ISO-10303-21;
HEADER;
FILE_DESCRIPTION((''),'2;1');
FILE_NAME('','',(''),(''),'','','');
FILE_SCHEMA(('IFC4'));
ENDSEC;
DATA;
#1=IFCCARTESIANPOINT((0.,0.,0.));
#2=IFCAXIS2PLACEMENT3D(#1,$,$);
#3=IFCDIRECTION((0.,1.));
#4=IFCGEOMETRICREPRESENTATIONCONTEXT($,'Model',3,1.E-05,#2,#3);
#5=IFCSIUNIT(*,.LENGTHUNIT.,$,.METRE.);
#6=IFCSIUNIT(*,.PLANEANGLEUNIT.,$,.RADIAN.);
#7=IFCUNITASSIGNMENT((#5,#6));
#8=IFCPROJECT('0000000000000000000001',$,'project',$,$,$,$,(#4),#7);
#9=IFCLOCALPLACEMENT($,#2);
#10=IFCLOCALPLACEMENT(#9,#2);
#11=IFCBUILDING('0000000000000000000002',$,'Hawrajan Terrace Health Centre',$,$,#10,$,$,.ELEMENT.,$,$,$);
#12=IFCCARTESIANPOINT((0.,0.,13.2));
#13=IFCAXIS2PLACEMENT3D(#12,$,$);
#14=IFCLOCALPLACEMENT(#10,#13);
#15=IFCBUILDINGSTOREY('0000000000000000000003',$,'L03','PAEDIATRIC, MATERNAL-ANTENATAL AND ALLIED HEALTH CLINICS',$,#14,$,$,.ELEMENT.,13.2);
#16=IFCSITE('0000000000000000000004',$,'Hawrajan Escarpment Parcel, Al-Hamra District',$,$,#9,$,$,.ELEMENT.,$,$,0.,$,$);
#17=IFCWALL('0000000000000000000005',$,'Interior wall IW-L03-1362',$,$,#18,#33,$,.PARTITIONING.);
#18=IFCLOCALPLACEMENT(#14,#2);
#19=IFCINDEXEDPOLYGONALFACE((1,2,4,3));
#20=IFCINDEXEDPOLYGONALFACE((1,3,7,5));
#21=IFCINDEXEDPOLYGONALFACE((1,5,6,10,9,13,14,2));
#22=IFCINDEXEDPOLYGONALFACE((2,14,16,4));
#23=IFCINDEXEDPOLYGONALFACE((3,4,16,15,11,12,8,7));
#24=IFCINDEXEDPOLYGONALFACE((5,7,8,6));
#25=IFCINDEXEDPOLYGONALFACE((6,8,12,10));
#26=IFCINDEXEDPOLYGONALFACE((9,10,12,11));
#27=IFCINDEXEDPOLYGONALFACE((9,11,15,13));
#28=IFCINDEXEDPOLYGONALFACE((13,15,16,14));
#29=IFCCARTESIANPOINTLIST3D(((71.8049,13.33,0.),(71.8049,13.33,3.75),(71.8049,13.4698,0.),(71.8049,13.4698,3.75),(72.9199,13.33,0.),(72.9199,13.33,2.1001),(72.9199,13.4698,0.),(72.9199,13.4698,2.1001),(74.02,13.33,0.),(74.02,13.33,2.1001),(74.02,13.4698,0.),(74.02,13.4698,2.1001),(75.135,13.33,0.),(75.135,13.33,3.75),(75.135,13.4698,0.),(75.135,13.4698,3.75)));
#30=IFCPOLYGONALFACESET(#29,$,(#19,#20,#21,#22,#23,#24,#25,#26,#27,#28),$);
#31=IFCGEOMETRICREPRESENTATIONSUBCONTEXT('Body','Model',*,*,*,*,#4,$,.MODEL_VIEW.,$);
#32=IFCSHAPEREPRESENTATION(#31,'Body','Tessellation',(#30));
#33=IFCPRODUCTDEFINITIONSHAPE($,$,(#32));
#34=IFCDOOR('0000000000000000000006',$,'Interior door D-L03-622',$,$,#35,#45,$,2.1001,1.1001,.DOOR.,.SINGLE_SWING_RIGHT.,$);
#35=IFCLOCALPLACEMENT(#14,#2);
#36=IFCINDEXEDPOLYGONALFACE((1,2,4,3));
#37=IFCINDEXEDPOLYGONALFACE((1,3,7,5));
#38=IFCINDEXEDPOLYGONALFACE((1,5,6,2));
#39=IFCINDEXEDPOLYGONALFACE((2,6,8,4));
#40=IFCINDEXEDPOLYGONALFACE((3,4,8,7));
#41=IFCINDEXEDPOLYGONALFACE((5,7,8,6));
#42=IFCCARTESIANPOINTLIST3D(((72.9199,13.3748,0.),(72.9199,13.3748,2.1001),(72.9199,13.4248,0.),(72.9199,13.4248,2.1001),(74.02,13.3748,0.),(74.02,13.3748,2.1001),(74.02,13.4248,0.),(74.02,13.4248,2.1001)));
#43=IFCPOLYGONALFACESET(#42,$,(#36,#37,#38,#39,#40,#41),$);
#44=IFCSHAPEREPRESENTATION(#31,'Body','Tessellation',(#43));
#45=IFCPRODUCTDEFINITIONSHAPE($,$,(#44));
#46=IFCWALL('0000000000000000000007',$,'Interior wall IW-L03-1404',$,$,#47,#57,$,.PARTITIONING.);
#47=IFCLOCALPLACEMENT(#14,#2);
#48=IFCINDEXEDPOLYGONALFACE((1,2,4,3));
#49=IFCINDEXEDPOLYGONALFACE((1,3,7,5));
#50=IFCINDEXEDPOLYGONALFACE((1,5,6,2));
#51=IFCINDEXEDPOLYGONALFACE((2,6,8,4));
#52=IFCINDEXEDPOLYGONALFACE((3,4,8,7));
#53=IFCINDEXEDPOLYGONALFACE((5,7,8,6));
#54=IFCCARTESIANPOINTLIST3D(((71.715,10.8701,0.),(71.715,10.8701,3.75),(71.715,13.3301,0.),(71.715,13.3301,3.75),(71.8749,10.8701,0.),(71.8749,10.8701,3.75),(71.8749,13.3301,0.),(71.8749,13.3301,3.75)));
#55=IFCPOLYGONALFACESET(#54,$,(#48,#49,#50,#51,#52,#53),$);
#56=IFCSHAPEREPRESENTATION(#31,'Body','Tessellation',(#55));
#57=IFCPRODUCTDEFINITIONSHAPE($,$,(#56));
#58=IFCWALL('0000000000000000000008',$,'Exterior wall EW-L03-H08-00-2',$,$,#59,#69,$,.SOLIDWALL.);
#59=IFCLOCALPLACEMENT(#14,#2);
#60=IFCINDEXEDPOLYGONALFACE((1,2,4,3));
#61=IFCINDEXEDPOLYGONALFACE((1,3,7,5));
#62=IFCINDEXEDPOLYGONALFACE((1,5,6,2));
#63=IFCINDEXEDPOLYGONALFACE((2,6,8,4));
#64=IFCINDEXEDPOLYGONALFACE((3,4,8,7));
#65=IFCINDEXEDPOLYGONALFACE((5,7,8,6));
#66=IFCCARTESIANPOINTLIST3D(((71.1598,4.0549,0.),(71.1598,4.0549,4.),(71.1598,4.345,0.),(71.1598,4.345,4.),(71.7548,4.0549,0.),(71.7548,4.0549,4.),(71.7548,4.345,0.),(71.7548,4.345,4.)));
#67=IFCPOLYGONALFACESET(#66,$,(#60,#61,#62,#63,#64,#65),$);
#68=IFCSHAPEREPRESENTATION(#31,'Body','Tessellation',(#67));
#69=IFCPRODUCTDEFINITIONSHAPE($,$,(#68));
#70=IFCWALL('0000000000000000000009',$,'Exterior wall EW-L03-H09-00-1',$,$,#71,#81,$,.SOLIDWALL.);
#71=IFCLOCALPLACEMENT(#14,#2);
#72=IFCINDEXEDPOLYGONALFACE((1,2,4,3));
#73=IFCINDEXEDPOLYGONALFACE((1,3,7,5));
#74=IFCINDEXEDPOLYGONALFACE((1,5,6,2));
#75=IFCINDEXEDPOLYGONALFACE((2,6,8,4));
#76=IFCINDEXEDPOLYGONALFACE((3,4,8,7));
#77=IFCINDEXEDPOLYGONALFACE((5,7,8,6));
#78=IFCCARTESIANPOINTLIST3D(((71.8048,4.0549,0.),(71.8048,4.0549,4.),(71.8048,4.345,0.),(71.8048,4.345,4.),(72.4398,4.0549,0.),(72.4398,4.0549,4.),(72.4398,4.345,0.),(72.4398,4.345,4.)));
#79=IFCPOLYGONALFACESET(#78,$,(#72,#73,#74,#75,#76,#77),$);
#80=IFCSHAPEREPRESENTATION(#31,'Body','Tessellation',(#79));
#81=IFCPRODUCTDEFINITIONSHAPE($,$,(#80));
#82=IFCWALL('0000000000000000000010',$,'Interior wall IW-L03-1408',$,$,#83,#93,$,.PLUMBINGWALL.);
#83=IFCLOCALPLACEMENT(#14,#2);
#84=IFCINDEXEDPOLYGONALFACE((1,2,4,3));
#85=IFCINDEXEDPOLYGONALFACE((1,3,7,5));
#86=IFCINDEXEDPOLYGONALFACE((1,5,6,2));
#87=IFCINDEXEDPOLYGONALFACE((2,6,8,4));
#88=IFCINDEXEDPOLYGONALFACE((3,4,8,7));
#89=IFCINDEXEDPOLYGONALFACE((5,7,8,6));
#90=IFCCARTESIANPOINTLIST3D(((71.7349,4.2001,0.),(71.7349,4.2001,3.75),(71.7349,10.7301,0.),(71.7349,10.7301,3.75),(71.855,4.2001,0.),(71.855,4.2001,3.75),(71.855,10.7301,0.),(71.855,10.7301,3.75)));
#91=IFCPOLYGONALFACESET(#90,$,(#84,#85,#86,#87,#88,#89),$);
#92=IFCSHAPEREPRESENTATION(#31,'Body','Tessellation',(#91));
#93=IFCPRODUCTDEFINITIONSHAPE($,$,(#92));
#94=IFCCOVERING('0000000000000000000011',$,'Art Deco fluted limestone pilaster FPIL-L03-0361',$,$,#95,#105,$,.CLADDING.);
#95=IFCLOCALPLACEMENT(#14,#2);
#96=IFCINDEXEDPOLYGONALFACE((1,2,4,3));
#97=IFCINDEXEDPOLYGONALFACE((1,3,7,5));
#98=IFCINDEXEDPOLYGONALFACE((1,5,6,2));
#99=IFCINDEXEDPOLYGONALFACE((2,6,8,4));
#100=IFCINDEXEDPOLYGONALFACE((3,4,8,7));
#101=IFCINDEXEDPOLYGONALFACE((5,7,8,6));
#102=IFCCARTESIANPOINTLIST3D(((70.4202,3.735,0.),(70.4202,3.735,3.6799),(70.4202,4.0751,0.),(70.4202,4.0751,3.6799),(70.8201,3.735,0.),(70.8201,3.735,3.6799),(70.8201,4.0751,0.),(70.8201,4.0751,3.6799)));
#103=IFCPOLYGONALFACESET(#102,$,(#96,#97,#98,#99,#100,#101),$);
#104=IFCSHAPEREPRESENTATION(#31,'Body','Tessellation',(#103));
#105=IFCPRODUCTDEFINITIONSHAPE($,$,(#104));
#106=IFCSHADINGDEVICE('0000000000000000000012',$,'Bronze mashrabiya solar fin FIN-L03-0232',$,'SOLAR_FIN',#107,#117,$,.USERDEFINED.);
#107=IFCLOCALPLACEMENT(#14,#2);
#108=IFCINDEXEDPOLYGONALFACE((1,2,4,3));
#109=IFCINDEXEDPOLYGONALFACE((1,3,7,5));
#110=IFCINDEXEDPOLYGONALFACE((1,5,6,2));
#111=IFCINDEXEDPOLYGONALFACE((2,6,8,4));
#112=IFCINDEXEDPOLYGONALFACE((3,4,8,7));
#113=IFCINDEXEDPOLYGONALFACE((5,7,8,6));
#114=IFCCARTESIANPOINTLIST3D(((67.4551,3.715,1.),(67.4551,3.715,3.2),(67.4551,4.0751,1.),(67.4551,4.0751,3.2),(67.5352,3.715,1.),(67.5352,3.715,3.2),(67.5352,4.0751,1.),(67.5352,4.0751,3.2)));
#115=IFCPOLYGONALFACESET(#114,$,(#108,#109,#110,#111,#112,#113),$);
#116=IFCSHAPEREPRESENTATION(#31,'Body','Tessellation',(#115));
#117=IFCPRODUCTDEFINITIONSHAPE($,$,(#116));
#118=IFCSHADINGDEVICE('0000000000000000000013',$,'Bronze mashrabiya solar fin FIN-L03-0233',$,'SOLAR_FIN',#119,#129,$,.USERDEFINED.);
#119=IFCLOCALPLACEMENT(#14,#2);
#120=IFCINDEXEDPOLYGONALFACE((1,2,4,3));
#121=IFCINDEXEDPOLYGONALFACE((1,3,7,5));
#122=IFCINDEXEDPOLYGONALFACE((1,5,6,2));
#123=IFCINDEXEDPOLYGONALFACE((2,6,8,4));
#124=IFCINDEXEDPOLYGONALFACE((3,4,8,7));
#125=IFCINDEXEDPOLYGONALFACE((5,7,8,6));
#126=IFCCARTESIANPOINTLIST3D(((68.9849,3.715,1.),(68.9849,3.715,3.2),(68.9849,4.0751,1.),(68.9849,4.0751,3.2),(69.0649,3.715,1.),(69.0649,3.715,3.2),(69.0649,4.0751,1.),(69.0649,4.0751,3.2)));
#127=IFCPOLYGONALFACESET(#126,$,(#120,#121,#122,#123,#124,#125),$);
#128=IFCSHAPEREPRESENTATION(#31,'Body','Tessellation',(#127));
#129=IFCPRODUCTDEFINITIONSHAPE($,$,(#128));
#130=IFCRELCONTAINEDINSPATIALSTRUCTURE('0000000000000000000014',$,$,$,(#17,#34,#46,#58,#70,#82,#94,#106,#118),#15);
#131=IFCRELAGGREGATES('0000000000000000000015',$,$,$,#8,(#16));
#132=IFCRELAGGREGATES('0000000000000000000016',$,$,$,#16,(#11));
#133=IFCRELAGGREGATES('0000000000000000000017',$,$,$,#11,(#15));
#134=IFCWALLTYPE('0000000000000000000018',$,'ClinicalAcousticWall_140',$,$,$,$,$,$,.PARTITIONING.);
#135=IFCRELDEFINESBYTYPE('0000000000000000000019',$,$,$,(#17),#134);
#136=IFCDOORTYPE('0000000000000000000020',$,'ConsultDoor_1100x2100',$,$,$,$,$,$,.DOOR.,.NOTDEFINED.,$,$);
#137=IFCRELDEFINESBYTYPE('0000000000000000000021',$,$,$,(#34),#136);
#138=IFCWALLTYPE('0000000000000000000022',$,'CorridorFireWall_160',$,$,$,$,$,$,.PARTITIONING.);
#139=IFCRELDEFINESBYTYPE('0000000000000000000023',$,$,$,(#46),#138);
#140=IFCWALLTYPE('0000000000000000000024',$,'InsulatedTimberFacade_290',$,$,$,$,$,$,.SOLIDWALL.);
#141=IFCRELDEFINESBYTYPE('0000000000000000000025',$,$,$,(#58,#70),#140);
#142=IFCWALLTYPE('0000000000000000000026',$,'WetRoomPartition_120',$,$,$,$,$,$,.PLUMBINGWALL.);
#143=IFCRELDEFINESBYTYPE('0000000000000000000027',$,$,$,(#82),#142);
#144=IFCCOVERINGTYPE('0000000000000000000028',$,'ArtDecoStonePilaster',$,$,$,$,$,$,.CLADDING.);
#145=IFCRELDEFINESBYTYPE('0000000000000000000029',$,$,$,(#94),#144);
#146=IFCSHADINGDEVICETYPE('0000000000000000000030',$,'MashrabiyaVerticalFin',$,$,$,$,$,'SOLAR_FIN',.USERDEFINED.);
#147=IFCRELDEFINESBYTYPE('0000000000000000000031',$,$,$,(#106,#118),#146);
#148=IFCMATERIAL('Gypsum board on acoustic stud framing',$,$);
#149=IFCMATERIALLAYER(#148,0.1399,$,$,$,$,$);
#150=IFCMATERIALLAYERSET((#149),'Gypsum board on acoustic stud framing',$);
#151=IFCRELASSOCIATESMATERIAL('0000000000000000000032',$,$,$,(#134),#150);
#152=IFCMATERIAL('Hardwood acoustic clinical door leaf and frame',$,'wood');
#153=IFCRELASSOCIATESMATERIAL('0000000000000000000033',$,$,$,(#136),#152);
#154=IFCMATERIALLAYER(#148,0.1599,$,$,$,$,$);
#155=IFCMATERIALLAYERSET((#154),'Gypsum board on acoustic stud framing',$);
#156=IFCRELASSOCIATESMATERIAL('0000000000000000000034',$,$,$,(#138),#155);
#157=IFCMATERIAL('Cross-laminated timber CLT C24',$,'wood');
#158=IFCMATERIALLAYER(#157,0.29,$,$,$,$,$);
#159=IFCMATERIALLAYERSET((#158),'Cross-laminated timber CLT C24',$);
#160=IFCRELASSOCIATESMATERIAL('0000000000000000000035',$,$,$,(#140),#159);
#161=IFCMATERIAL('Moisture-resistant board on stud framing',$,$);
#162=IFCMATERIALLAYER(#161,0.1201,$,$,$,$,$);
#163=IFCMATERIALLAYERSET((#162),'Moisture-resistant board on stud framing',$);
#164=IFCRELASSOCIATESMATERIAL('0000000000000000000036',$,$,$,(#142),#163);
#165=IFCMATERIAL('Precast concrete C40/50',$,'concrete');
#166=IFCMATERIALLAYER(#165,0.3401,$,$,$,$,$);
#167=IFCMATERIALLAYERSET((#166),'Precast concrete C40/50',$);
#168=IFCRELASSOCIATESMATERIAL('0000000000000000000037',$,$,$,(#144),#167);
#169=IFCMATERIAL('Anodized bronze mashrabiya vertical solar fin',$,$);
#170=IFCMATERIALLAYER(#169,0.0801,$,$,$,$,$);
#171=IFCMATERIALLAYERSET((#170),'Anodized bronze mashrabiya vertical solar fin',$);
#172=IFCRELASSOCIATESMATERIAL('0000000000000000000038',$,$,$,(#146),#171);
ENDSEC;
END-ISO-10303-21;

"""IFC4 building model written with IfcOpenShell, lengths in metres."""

from ifc_helpers import new_model, si_unit, direction, frame, frame_2d, origin, origin_2d, place, context, subcontext, project, spatial, rectangle, extrude, material, layer, layer_set, type_object, element, fill, save


model = new_model("IFC4")

# Units and contexts
model_context = context("Model", 3, precision=1e-05, world=origin(), true_north=direction((0.0, 1.0)))
body_context = subcontext(model_context, "Body", "Model", "MODEL_VIEW")
ifc_project = project(units=[si_unit("LENGTHUNIT", "METRE"), si_unit("PLANEANGLEUNIT", "RADIAN")], contexts=[model_context])

# Site, building, storey
site_placement = place(None, origin())
site = spatial("IfcSite", under=ifc_project, at=site_placement, Name="Hawrajan Escarpment Parcel, Al-Hamra District", CompositionType="ELEMENT", RefElevation=0.0)
building_placement = place(site_placement, origin())
building = spatial("IfcBuilding", under=site, at=building_placement, Name="Hawrajan Terrace Health Centre", CompositionType="ELEMENT")
storey_placement = place(building_placement, frame((0.0, 0.0, 13.2)))
storey = spatial("IfcBuildingStorey", under=building, at=storey_placement, Name="L03", Description="PAEDIATRIC, MATERNAL-ANTENATAL AND ALLIED HEALTH CLINICS", CompositionType="ELEMENT", Elevation=13.2)

# Wall, opening, door
ifc_material_1 = material(Name="Gypsum board on acoustic stud framing")
ifc_layer_1 = layer(ifc_material_1, 0.1399)
ifc_layer_set_1 = layer_set([ifc_layer_1], Name="Gypsum board on acoustic stud framing")
wall_type_1 = type_object("IfcWallType", Name="ClinicalAcousticWall_140", PredefinedType="PARTITIONING", material=ifc_layer_set_1)
ifc_material_2 = material(Name="Hardwood acoustic clinical door leaf and frame", Category="wood")
wall_1_placement = place(storey_placement, frame((71.8049, 13.3999, 0.0), z_axis=(0.0, 0.0, 1.0), x_axis=(1.0, 0.0, 0.0)))
wall_1 = element("IfcWall", 1, at=wall_1_placement, inside=storey, type_object=wall_type_1, Name="Interior wall IW-L03-1362", PredefinedType="PARTITIONING", context=body_context, shape_type="SweptSolid", body=[
    extrude(rectangle(XDim=3.3301, YDim=0.1399, at=frame_2d((1.665, 0.0))), origin(), (0.0, 0.0, 1.0), 3.75),
])
opening_1_placement = place(wall_1_placement, frame((1.115, 0.0, 0.0)))
opening_1 = element("IfcOpeningElement", 2, at=opening_1_placement, cuts=wall_1, PredefinedType="OPENING", context=body_context, shape_type="SweptSolid", body=[
    extrude(rectangle(XDim=1.1001, YDim=2.1001, at=frame_2d((0.55, 1.05))), frame((0.0, 0.0798, 0.0), z_axis=(0.0, -1.0, 0.0), x_axis=(1.0, 0.0, 0.0)), (0.0, 0.0, 1.0), 0.1599),
])
door_type_1 = type_object("IfcDoorType", Name="ConsultDoor_1100x2100", OperationType="NOTDEFINED", PredefinedType="DOOR", material=ifc_material_2)
door_1_placement = place(opening_1_placement, origin())
door_1 = element("IfcDoor", 3, at=door_1_placement, inside=storey, type_object=door_type_1, Name="Interior door D-L03-622", OperationType="SINGLE_SWING_RIGHT", OverallHeight=2.1001, OverallWidth=1.1001, PredefinedType="DOOR", context=body_context, shape_type="SweptSolid", body=[
    extrude(rectangle(XDim=1.1001, YDim=2.1001, at=frame_2d((0.55, 1.05))), frame((0.0, 0.0249, 0.0), z_axis=(0.0, -1.0, 0.0), x_axis=(1.0, 0.0, 0.0)), (0.0, 0.0, 1.0), 0.05),
])
fill(opening_1, door_1)

# Walls
ifc_layer_2 = layer(ifc_material_1, 0.1599)
ifc_layer_set_2 = layer_set([ifc_layer_2], Name="Gypsum board on acoustic stud framing")
wall_type_2 = type_object("IfcWallType", Name="CorridorFireWall_160", PredefinedType="PARTITIONING", material=ifc_layer_set_2)
wall_2_placement = place(storey_placement, frame((71.7949, 10.8701, 0.0), z_axis=(0.0, 0.0, 1.0), x_axis=(0.0, 1.0, 0.0)))
element("IfcWall", 4, at=wall_2_placement, inside=storey, type_object=wall_type_2, Name="Interior wall IW-L03-1404", PredefinedType="PARTITIONING", context=body_context, shape_type="SweptSolid", body=[
    extrude(rectangle(XDim=2.46, YDim=0.1599, at=frame_2d((1.23, 0.0))), origin(), (0.0, 0.0, 1.0), 3.75),
])
ifc_material_3 = material(Name="Cross-laminated timber CLT C24", Category="wood")
ifc_layer_3 = layer(ifc_material_3, 0.29)
ifc_layer_set_3 = layer_set([ifc_layer_3], Name="Cross-laminated timber CLT C24")
wall_type_3 = type_object("IfcWallType", Name="InsulatedTimberFacade_290", PredefinedType="SOLIDWALL", material=ifc_layer_set_3)
wall_3_placement = place(storey_placement, frame((71.1599, 4.2, 0.0), z_axis=(0.0, 0.0, 1.0), x_axis=(1.0, 0.0, 0.0)))
element("IfcWall", 5, at=wall_3_placement, inside=storey, type_object=wall_type_3, Name="Exterior wall EW-L03-H08-00-2", PredefinedType="SOLIDWALL", context=body_context, shape_type="SweptSolid", body=[
    extrude(rectangle(XDim=0.595, YDim=0.29, at=frame_2d((0.2974, 0.0))), origin(), (0.0, 0.0, 1.0), 4.0),
])
wall_4_placement = place(storey_placement, frame((71.8049, 4.2, 0.0), z_axis=(0.0, 0.0, 1.0), x_axis=(1.0, 0.0, 0.0)))
element("IfcWall", 6, at=wall_4_placement, inside=storey, type_object=wall_type_3, Name="Exterior wall EW-L03-H09-00-1", PredefinedType="SOLIDWALL", context=body_context, shape_type="SweptSolid", body=[
    extrude(rectangle(XDim=0.635, YDim=0.29, at=frame_2d((0.3174, 0.0))), origin(), (0.0, 0.0, 1.0), 4.0),
])
ifc_material_4 = material(Name="Moisture-resistant board on stud framing")
ifc_layer_4 = layer(ifc_material_4, 0.1201)
ifc_layer_set_4 = layer_set([ifc_layer_4], Name="Moisture-resistant board on stud framing")
wall_type_4 = type_object("IfcWallType", Name="WetRoomPartition_120", PredefinedType="PLUMBINGWALL", material=ifc_layer_set_4)
wall_5_placement = place(storey_placement, frame((71.7949, 4.2, 0.0), z_axis=(0.0, 0.0, 1.0), x_axis=(0.0, 1.0, 0.0)))
element("IfcWall", 7, at=wall_5_placement, inside=storey, type_object=wall_type_4, Name="Interior wall IW-L03-1408", PredefinedType="PLUMBINGWALL", context=body_context, shape_type="SweptSolid", body=[
    extrude(rectangle(XDim=6.53, YDim=0.1201, at=frame_2d((3.2651, 0.0))), origin(), (0.0, 0.0, 1.0), 3.75),
])

# Covering
ifc_material_5 = material(Name="Precast concrete C40/50", Category="concrete")
ifc_layer_5 = layer(ifc_material_5, 0.3401)
ifc_layer_set_5 = layer_set([ifc_layer_5], Name="Precast concrete C40/50")
covering_type = type_object("IfcCoveringType", Name="ArtDecoStonePilaster", PredefinedType="CLADDING", material=ifc_layer_set_5)
covering_placement = place(storey_placement, frame((70.6201, 3.905, 0.0), z_axis=(0.0, 0.0, 1.0), x_axis=(1.0, 0.0, 0.0)))
element("IfcCovering", 8, at=covering_placement, inside=storey, type_object=covering_type, Name="Art Deco fluted limestone pilaster FPIL-L03-0361", PredefinedType="CLADDING", context=body_context, shape_type="SweptSolid", body=[
    extrude(rectangle(XDim=0.3999, YDim=0.3401, at=origin_2d()), origin(), (0.0, 0.0, 1.0), 3.6799),
])

# Shading devices
ifc_material_6 = material(Name="Anodized bronze mashrabiya vertical solar fin")
ifc_layer_6 = layer(ifc_material_6, 0.0801)
ifc_layer_set_6 = layer_set([ifc_layer_6], Name="Anodized bronze mashrabiya vertical solar fin")
shading_device_type = type_object("IfcShadingDeviceType", Name="MashrabiyaVerticalFin", ElementType="SOLAR_FIN", PredefinedType="USERDEFINED", material=ifc_layer_set_6)
for number, where, z_axis, x_axis, name in (
    (9, (67.4951, 3.895, 1.0), (0.0, 0.0, 1.0), (1.0, 0.0, 0.0), "Bronze mashrabiya solar fin FIN-L03-0232"),
    (10, (69.0249, 3.895, 1.0), (0.0, 0.0, 1.0), (1.0, 0.0, 0.0), "Bronze mashrabiya solar fin FIN-L03-0233"),
):
    element("IfcShadingDevice", number, at=place(storey_placement, frame(where, z_axis=z_axis, x_axis=x_axis)), inside=storey, type_object=shading_device_type, Name=name, ObjectType="SOLAR_FIN", PredefinedType="USERDEFINED", context=body_context, shape_type="SweptSolid", body=[
        extrude(rectangle(XDim=0.0801, YDim=0.3601, at=origin_2d()), origin(), (0.0, 0.0, 1.0), 2.2),
    ])

save(model, "model.ifc")
